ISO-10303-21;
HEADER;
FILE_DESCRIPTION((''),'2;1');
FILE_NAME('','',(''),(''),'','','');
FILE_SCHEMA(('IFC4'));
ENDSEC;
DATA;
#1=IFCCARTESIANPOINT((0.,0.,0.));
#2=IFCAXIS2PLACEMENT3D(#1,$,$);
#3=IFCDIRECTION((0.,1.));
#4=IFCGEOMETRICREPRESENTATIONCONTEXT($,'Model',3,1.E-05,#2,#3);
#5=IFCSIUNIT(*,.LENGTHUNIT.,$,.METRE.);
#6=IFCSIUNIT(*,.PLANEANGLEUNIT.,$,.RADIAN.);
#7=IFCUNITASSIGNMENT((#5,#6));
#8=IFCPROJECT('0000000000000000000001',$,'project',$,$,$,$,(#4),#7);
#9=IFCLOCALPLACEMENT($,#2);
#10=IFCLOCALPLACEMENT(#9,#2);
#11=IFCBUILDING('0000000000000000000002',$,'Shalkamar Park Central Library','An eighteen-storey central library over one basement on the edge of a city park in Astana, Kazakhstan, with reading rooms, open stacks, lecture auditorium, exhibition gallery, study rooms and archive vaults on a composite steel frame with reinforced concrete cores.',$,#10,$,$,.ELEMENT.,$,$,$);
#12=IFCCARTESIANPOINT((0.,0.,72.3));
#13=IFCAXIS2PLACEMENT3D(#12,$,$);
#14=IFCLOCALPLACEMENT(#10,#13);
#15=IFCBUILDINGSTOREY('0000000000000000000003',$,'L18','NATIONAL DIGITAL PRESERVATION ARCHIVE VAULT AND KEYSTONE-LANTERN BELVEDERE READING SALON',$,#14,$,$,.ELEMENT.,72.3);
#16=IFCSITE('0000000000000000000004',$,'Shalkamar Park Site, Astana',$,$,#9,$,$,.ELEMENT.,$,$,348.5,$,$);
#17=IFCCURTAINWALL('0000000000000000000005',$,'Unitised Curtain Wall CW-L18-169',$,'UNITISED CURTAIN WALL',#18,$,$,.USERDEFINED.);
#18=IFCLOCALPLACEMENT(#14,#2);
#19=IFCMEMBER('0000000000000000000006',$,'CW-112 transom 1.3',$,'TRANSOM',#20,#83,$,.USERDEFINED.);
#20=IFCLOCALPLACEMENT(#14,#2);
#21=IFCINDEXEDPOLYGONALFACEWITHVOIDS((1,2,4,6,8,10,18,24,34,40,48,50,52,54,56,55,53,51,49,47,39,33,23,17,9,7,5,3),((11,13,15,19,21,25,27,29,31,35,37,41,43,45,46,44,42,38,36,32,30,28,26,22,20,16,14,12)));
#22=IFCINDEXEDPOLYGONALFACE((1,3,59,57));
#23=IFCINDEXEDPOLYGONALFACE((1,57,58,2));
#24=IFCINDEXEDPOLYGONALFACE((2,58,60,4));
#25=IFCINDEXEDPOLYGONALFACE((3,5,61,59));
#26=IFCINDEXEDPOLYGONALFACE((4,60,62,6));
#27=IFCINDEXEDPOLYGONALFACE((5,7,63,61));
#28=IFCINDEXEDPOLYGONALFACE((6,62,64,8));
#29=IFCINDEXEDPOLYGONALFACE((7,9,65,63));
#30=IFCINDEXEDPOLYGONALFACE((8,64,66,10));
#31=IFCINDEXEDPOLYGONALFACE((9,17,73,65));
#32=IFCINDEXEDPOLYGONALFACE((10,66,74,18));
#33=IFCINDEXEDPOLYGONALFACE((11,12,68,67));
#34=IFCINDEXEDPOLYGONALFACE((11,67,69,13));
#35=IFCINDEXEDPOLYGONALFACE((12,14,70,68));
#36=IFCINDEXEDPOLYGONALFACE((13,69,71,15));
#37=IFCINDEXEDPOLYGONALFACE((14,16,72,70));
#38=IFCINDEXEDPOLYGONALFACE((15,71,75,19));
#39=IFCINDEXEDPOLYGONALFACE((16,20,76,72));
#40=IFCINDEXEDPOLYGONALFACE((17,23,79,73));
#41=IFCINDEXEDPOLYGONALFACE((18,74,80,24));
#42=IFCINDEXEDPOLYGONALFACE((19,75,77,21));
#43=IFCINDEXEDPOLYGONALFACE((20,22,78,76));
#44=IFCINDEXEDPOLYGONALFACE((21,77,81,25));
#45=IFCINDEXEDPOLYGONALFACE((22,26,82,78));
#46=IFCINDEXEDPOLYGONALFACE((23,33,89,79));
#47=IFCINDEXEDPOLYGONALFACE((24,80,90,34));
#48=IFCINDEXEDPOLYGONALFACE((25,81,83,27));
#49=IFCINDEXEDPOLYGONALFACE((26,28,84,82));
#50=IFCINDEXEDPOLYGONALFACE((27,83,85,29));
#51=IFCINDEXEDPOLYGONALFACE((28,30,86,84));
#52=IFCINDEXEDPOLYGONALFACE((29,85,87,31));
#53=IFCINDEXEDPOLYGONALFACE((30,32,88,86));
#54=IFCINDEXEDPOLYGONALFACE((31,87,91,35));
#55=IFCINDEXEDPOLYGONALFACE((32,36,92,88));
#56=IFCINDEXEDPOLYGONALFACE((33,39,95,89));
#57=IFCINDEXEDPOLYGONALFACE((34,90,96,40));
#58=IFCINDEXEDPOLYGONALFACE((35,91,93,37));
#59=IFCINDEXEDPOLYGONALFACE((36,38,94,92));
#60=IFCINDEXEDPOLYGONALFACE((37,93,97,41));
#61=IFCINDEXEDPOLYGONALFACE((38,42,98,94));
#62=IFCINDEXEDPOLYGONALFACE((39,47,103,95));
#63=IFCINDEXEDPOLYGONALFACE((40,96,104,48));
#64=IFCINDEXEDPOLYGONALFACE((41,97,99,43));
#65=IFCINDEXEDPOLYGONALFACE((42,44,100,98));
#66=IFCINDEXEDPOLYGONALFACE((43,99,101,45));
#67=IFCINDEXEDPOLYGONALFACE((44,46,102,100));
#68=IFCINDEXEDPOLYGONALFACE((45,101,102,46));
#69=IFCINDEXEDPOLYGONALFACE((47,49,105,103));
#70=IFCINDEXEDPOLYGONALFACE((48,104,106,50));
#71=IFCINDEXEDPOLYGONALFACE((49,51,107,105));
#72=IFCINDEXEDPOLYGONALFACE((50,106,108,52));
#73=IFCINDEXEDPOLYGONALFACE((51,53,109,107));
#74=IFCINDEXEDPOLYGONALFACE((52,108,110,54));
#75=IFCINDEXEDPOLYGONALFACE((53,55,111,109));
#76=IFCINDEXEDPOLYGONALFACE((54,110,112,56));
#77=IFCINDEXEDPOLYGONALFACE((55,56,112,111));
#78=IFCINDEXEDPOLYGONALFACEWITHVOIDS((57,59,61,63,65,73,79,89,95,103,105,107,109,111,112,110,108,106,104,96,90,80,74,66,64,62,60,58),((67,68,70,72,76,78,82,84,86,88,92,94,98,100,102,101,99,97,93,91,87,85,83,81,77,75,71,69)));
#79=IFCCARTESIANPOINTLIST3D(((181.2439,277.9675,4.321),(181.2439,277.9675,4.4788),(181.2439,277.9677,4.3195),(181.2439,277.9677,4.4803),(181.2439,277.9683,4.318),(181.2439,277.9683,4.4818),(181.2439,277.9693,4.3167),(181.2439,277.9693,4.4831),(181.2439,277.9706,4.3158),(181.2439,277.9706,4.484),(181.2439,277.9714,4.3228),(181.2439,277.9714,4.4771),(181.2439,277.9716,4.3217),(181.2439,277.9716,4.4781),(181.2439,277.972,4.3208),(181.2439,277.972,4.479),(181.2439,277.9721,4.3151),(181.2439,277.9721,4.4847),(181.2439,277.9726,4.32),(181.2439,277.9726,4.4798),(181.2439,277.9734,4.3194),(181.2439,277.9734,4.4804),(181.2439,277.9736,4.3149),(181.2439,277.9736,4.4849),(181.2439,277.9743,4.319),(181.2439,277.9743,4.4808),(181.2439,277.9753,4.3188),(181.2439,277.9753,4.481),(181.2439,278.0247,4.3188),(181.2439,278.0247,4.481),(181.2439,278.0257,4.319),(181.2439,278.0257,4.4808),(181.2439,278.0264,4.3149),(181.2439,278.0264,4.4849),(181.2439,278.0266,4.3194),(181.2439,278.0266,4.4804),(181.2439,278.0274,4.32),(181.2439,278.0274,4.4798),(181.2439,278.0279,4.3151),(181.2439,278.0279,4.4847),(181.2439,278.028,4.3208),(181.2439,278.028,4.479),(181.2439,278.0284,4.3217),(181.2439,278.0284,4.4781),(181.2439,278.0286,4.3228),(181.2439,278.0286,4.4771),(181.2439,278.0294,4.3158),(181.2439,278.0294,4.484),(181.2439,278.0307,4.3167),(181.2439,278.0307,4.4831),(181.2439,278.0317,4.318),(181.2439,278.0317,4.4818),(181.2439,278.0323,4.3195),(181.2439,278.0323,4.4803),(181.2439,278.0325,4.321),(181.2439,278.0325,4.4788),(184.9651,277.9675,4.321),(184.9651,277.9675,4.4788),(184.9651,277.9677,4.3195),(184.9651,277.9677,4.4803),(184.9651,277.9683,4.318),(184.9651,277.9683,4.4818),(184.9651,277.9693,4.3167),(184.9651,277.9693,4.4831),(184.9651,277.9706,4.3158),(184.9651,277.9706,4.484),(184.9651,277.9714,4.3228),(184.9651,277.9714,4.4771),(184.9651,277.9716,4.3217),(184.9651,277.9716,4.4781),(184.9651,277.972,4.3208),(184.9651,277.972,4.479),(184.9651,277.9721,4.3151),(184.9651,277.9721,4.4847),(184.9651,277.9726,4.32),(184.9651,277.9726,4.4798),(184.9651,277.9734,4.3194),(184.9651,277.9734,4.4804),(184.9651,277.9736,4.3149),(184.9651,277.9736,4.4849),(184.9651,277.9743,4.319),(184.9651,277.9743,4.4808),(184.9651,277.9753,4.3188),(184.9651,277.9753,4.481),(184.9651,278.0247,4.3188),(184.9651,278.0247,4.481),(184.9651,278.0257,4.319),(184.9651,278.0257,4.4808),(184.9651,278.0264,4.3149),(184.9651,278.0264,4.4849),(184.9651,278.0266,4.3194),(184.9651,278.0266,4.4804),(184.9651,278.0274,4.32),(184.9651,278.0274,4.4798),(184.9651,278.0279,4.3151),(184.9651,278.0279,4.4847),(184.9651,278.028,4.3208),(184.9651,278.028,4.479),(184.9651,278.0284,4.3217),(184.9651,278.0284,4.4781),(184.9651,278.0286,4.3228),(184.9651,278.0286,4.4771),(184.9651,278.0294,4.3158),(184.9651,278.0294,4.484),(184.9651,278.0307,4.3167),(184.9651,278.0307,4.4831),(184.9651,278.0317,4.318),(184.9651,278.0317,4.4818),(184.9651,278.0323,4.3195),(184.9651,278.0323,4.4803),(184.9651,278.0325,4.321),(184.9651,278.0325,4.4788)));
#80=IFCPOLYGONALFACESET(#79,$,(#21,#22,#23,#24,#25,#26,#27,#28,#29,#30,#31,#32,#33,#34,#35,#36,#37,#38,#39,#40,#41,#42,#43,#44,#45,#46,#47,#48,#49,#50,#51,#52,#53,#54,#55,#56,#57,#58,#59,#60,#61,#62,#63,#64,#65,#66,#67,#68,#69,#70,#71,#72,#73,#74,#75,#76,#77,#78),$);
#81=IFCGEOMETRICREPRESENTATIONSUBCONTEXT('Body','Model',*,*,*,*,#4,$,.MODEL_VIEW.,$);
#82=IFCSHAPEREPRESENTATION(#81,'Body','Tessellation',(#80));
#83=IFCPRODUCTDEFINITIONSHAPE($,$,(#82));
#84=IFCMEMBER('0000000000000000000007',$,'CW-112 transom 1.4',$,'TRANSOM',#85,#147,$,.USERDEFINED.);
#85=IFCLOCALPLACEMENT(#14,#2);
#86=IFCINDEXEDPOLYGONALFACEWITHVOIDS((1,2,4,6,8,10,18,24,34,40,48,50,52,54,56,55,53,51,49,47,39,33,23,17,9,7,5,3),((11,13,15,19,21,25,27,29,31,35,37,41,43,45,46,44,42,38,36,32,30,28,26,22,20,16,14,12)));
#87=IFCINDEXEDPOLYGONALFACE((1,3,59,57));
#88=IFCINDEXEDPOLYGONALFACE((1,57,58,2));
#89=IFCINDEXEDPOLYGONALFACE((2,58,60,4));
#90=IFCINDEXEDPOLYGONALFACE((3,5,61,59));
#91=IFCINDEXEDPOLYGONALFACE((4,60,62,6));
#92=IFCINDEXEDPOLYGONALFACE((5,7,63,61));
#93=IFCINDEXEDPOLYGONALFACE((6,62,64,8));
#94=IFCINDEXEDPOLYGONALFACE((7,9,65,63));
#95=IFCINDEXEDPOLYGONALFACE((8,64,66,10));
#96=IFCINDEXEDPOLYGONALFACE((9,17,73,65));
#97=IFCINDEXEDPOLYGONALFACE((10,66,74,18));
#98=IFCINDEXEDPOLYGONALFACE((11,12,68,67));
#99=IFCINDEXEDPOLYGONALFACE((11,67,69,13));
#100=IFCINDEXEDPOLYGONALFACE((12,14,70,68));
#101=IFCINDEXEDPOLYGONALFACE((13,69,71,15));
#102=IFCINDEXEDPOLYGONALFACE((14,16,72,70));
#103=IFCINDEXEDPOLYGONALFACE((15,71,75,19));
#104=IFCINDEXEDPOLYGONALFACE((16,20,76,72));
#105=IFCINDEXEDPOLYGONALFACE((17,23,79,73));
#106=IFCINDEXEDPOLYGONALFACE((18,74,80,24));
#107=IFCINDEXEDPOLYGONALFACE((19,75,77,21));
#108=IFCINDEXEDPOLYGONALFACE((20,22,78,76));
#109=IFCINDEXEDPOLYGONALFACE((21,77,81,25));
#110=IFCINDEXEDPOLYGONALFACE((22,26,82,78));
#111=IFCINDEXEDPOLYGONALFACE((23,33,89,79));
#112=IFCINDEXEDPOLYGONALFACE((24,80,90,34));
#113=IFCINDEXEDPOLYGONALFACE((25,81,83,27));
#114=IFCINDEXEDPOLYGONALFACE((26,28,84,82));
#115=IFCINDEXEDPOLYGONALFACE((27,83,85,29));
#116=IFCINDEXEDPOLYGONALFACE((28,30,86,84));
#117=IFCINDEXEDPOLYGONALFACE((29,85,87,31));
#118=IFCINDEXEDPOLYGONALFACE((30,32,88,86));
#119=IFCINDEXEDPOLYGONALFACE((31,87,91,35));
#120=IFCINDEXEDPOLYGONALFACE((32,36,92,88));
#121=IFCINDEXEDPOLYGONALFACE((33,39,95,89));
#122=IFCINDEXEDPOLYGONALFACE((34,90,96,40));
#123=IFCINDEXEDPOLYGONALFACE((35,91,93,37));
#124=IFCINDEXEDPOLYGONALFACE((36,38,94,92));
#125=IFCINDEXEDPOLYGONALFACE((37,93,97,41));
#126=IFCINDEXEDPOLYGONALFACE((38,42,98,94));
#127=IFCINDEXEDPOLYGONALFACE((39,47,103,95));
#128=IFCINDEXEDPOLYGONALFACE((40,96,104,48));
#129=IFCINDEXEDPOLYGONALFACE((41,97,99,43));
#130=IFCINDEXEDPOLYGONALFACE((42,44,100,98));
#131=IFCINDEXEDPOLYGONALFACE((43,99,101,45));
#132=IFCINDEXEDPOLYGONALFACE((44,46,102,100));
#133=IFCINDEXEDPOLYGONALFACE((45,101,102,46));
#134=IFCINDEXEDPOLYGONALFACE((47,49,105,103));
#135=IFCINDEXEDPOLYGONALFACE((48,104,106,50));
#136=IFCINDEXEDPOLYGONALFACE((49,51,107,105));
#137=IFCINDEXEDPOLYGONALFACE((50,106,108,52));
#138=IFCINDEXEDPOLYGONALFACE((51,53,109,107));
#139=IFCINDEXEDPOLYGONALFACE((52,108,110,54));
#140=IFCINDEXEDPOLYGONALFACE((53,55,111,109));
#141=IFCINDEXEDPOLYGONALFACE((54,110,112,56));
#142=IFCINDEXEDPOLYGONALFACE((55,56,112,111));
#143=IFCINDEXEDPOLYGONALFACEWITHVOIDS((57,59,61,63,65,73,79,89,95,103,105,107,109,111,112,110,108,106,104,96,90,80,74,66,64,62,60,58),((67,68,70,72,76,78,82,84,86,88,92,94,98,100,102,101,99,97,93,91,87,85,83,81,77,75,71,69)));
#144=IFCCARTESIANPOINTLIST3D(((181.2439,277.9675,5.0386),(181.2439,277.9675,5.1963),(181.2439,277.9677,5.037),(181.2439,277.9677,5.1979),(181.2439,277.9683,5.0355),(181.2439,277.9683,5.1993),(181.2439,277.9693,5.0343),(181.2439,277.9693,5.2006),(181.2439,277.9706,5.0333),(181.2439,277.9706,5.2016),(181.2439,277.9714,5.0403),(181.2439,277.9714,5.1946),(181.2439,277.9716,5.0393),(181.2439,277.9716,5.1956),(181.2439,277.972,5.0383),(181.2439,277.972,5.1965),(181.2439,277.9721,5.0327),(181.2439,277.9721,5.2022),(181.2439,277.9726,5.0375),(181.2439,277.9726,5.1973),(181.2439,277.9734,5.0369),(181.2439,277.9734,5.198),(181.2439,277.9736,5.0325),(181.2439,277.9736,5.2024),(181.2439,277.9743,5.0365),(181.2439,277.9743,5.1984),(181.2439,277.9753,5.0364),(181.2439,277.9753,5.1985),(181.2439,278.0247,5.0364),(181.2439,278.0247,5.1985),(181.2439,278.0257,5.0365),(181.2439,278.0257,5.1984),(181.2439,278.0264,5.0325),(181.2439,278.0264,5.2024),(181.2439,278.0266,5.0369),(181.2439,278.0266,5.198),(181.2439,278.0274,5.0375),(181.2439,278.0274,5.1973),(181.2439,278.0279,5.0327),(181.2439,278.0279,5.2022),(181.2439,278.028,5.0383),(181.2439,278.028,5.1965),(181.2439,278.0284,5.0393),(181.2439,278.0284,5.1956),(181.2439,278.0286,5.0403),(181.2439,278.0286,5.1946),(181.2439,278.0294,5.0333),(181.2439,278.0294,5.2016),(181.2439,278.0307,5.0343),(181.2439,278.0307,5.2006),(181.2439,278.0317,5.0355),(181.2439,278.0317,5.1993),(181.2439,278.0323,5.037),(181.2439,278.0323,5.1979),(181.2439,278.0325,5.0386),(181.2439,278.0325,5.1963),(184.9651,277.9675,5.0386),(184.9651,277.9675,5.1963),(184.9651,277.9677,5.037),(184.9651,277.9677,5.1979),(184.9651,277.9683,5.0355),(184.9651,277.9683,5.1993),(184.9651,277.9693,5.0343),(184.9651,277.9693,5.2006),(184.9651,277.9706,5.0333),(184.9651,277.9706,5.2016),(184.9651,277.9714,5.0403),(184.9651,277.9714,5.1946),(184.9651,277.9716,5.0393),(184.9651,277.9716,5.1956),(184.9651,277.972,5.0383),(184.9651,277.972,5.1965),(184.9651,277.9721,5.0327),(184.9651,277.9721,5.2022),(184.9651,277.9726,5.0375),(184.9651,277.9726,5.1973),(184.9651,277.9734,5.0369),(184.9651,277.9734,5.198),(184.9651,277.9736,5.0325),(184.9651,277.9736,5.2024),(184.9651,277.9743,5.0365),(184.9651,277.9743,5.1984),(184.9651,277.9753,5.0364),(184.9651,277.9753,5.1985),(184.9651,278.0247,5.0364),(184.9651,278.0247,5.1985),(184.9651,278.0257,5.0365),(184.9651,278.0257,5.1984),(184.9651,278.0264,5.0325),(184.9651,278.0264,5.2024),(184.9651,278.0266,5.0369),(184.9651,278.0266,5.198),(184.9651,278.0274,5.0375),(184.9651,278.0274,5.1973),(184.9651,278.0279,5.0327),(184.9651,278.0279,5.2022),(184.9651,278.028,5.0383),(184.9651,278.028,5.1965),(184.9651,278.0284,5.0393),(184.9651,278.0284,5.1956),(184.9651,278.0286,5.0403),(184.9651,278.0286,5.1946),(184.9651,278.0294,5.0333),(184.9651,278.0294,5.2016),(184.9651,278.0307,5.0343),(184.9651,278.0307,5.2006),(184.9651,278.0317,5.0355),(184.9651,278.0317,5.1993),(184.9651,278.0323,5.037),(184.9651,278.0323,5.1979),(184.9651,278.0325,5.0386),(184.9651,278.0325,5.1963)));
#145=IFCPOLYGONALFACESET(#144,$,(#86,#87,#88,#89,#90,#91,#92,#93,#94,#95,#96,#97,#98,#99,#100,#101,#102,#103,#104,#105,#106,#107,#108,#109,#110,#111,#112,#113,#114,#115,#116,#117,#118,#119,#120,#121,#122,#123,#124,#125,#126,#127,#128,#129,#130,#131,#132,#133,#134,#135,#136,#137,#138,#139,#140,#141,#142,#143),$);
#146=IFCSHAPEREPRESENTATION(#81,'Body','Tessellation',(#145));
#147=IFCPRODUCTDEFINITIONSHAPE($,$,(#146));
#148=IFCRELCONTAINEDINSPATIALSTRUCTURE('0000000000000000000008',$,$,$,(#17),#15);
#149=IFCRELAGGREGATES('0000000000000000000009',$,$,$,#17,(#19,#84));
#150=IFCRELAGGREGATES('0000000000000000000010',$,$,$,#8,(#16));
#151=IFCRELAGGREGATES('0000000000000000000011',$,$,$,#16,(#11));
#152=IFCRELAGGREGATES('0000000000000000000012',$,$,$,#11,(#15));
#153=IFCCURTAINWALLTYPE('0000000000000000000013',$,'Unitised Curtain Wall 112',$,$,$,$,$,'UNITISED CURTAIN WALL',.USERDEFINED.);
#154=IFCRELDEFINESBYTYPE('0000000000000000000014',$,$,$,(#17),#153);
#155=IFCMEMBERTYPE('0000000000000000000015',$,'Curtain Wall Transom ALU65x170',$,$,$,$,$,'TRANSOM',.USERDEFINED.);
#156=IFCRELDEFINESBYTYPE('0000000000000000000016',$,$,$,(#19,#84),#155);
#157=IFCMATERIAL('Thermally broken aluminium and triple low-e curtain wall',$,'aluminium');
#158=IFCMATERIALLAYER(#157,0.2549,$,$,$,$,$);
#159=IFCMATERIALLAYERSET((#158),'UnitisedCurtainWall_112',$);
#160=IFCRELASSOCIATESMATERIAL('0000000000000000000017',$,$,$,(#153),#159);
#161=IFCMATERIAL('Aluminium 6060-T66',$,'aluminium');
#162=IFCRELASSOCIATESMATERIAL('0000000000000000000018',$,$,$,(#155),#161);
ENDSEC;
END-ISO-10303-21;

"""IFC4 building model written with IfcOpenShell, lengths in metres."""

from ifc_helpers import new_model, si_unit, direction, frame, origin, origin_2d, place, context, subcontext, project, spatial, hollow_rectangle, extrude, material, layer, layer_set, material_profile, profile_set, type_object, element, aggregate, save


model = new_model("IFC4")

# Units and contexts
model_context = context("Model", 3, precision=1e-05, world=origin(), true_north=direction((0.0, 1.0)))
body_context = subcontext(model_context, "Body", "Model", "MODEL_VIEW")
ifc_project = project(units=[si_unit("LENGTHUNIT", "METRE"), si_unit("PLANEANGLEUNIT", "RADIAN")], contexts=[model_context])

# Site, building, storey
site_placement = place(None, origin())
site = spatial("IfcSite", under=ifc_project, at=site_placement, Name="Shalkamar Park Site, Astana", CompositionType="ELEMENT", RefElevation=348.5)
building_placement = place(site_placement, origin())
building = spatial("IfcBuilding", under=site, at=building_placement, Name="Shalkamar Park Central Library", Description="An eighteen-storey central library over one basement on the edge of a city park in Astana, Kazakhstan, with reading rooms, open stacks, lecture auditorium, exhibition gallery, study rooms and archive vaults on a composite steel frame with reinforced concrete cores.", CompositionType="ELEMENT")
storey_placement = place(building_placement, frame((0.0, 0.0, 72.3)))
storey = spatial("IfcBuildingStorey", under=building, at=storey_placement, Name="L18", Description="NATIONAL DIGITAL PRESERVATION ARCHIVE VAULT AND KEYSTONE-LANTERN BELVEDERE READING SALON", CompositionType="ELEMENT", Elevation=72.3)

# Shared definitions
ifc_material_1 = material(Name="Thermally broken aluminium and triple low-e curtain wall", Category="aluminium")
ifc_material_2 = material(Name="Aluminium 6060-T66", Category="aluminium")

# Curtain wall
ifc_layer_1 = layer(ifc_material_1, 0.2549)
ifc_layer_set_1 = layer_set([ifc_layer_1], Name="UnitisedCurtainWall_112")
curtain_wall_type_1 = type_object("IfcCurtainWallType", Name="Unitised Curtain Wall 112", ElementType="UNITISED CURTAIN WALL", PredefinedType="USERDEFINED", material=ifc_layer_set_1)
curtain_wall_1_placement = place(storey_placement, origin())
curtain_wall_1 = element("IfcCurtainWall", 1, at=curtain_wall_1_placement, inside=storey, type_object=curtain_wall_type_1, Name="Unitised Curtain Wall CW-L18-169", ObjectType="UNITISED CURTAIN WALL", PredefinedType="USERDEFINED")

# Members
ifc_material_profile_1 = material_profile(ifc_material_2, hollow_rectangle(XDim=0.0649, YDim=0.1699, WallThickness=0.0039, InnerFilletRadius=0.0039, OuterFilletRadius=0.0061, at=origin_2d()), Name="ALU 65x170x4")
ifc_profile_set_1 = profile_set([ifc_material_profile_1], Name="Aluminium 6060-T66")
member_type_1 = type_object("IfcMemberType", Name="Curtain Wall Transom ALU65x170", ElementType="TRANSOM", PredefinedType="USERDEFINED", material=ifc_profile_set_1)
member_1_placement = place(storey_placement, frame((181.2439, 278.0, 4.3999), z_axis=(1.0, 0.0, 0.0), x_axis=(0.0, 1.0, 0.0)))
member_1 = element("IfcMember", 2, at=member_1_placement, type_object=member_type_1, Name="CW-112 transom 1.3", ObjectType="TRANSOM", PredefinedType="USERDEFINED", context=body_context, shape_type="SweptSolid", body=[
    extrude(hollow_rectangle(XDim=0.0649, YDim=0.1699, WallThickness=0.0039, InnerFilletRadius=0.0039, OuterFilletRadius=0.0061, at=origin_2d()), origin(), (0.0, 0.0, 1.0), 3.7212),
])
member_2_placement = place(storey_placement, frame((181.2439, 278.0, 5.1174), z_axis=(1.0, 0.0, 0.0), x_axis=(0.0, 1.0, 0.0)))
member_2 = element("IfcMember", 3, at=member_2_placement, type_object=member_type_1, Name="CW-112 transom 1.4", ObjectType="TRANSOM", PredefinedType="USERDEFINED", context=body_context, shape_type="SweptSolid", body=[
    extrude(hollow_rectangle(XDim=0.0649, YDim=0.1699, WallThickness=0.0039, InnerFilletRadius=0.0039, OuterFilletRadius=0.0061, at=origin_2d()), origin(), (0.0, 0.0, 1.0), 3.7212),
])

aggregate(curtain_wall_1, [member_1, member_2])

save(model, "model.ifc")
